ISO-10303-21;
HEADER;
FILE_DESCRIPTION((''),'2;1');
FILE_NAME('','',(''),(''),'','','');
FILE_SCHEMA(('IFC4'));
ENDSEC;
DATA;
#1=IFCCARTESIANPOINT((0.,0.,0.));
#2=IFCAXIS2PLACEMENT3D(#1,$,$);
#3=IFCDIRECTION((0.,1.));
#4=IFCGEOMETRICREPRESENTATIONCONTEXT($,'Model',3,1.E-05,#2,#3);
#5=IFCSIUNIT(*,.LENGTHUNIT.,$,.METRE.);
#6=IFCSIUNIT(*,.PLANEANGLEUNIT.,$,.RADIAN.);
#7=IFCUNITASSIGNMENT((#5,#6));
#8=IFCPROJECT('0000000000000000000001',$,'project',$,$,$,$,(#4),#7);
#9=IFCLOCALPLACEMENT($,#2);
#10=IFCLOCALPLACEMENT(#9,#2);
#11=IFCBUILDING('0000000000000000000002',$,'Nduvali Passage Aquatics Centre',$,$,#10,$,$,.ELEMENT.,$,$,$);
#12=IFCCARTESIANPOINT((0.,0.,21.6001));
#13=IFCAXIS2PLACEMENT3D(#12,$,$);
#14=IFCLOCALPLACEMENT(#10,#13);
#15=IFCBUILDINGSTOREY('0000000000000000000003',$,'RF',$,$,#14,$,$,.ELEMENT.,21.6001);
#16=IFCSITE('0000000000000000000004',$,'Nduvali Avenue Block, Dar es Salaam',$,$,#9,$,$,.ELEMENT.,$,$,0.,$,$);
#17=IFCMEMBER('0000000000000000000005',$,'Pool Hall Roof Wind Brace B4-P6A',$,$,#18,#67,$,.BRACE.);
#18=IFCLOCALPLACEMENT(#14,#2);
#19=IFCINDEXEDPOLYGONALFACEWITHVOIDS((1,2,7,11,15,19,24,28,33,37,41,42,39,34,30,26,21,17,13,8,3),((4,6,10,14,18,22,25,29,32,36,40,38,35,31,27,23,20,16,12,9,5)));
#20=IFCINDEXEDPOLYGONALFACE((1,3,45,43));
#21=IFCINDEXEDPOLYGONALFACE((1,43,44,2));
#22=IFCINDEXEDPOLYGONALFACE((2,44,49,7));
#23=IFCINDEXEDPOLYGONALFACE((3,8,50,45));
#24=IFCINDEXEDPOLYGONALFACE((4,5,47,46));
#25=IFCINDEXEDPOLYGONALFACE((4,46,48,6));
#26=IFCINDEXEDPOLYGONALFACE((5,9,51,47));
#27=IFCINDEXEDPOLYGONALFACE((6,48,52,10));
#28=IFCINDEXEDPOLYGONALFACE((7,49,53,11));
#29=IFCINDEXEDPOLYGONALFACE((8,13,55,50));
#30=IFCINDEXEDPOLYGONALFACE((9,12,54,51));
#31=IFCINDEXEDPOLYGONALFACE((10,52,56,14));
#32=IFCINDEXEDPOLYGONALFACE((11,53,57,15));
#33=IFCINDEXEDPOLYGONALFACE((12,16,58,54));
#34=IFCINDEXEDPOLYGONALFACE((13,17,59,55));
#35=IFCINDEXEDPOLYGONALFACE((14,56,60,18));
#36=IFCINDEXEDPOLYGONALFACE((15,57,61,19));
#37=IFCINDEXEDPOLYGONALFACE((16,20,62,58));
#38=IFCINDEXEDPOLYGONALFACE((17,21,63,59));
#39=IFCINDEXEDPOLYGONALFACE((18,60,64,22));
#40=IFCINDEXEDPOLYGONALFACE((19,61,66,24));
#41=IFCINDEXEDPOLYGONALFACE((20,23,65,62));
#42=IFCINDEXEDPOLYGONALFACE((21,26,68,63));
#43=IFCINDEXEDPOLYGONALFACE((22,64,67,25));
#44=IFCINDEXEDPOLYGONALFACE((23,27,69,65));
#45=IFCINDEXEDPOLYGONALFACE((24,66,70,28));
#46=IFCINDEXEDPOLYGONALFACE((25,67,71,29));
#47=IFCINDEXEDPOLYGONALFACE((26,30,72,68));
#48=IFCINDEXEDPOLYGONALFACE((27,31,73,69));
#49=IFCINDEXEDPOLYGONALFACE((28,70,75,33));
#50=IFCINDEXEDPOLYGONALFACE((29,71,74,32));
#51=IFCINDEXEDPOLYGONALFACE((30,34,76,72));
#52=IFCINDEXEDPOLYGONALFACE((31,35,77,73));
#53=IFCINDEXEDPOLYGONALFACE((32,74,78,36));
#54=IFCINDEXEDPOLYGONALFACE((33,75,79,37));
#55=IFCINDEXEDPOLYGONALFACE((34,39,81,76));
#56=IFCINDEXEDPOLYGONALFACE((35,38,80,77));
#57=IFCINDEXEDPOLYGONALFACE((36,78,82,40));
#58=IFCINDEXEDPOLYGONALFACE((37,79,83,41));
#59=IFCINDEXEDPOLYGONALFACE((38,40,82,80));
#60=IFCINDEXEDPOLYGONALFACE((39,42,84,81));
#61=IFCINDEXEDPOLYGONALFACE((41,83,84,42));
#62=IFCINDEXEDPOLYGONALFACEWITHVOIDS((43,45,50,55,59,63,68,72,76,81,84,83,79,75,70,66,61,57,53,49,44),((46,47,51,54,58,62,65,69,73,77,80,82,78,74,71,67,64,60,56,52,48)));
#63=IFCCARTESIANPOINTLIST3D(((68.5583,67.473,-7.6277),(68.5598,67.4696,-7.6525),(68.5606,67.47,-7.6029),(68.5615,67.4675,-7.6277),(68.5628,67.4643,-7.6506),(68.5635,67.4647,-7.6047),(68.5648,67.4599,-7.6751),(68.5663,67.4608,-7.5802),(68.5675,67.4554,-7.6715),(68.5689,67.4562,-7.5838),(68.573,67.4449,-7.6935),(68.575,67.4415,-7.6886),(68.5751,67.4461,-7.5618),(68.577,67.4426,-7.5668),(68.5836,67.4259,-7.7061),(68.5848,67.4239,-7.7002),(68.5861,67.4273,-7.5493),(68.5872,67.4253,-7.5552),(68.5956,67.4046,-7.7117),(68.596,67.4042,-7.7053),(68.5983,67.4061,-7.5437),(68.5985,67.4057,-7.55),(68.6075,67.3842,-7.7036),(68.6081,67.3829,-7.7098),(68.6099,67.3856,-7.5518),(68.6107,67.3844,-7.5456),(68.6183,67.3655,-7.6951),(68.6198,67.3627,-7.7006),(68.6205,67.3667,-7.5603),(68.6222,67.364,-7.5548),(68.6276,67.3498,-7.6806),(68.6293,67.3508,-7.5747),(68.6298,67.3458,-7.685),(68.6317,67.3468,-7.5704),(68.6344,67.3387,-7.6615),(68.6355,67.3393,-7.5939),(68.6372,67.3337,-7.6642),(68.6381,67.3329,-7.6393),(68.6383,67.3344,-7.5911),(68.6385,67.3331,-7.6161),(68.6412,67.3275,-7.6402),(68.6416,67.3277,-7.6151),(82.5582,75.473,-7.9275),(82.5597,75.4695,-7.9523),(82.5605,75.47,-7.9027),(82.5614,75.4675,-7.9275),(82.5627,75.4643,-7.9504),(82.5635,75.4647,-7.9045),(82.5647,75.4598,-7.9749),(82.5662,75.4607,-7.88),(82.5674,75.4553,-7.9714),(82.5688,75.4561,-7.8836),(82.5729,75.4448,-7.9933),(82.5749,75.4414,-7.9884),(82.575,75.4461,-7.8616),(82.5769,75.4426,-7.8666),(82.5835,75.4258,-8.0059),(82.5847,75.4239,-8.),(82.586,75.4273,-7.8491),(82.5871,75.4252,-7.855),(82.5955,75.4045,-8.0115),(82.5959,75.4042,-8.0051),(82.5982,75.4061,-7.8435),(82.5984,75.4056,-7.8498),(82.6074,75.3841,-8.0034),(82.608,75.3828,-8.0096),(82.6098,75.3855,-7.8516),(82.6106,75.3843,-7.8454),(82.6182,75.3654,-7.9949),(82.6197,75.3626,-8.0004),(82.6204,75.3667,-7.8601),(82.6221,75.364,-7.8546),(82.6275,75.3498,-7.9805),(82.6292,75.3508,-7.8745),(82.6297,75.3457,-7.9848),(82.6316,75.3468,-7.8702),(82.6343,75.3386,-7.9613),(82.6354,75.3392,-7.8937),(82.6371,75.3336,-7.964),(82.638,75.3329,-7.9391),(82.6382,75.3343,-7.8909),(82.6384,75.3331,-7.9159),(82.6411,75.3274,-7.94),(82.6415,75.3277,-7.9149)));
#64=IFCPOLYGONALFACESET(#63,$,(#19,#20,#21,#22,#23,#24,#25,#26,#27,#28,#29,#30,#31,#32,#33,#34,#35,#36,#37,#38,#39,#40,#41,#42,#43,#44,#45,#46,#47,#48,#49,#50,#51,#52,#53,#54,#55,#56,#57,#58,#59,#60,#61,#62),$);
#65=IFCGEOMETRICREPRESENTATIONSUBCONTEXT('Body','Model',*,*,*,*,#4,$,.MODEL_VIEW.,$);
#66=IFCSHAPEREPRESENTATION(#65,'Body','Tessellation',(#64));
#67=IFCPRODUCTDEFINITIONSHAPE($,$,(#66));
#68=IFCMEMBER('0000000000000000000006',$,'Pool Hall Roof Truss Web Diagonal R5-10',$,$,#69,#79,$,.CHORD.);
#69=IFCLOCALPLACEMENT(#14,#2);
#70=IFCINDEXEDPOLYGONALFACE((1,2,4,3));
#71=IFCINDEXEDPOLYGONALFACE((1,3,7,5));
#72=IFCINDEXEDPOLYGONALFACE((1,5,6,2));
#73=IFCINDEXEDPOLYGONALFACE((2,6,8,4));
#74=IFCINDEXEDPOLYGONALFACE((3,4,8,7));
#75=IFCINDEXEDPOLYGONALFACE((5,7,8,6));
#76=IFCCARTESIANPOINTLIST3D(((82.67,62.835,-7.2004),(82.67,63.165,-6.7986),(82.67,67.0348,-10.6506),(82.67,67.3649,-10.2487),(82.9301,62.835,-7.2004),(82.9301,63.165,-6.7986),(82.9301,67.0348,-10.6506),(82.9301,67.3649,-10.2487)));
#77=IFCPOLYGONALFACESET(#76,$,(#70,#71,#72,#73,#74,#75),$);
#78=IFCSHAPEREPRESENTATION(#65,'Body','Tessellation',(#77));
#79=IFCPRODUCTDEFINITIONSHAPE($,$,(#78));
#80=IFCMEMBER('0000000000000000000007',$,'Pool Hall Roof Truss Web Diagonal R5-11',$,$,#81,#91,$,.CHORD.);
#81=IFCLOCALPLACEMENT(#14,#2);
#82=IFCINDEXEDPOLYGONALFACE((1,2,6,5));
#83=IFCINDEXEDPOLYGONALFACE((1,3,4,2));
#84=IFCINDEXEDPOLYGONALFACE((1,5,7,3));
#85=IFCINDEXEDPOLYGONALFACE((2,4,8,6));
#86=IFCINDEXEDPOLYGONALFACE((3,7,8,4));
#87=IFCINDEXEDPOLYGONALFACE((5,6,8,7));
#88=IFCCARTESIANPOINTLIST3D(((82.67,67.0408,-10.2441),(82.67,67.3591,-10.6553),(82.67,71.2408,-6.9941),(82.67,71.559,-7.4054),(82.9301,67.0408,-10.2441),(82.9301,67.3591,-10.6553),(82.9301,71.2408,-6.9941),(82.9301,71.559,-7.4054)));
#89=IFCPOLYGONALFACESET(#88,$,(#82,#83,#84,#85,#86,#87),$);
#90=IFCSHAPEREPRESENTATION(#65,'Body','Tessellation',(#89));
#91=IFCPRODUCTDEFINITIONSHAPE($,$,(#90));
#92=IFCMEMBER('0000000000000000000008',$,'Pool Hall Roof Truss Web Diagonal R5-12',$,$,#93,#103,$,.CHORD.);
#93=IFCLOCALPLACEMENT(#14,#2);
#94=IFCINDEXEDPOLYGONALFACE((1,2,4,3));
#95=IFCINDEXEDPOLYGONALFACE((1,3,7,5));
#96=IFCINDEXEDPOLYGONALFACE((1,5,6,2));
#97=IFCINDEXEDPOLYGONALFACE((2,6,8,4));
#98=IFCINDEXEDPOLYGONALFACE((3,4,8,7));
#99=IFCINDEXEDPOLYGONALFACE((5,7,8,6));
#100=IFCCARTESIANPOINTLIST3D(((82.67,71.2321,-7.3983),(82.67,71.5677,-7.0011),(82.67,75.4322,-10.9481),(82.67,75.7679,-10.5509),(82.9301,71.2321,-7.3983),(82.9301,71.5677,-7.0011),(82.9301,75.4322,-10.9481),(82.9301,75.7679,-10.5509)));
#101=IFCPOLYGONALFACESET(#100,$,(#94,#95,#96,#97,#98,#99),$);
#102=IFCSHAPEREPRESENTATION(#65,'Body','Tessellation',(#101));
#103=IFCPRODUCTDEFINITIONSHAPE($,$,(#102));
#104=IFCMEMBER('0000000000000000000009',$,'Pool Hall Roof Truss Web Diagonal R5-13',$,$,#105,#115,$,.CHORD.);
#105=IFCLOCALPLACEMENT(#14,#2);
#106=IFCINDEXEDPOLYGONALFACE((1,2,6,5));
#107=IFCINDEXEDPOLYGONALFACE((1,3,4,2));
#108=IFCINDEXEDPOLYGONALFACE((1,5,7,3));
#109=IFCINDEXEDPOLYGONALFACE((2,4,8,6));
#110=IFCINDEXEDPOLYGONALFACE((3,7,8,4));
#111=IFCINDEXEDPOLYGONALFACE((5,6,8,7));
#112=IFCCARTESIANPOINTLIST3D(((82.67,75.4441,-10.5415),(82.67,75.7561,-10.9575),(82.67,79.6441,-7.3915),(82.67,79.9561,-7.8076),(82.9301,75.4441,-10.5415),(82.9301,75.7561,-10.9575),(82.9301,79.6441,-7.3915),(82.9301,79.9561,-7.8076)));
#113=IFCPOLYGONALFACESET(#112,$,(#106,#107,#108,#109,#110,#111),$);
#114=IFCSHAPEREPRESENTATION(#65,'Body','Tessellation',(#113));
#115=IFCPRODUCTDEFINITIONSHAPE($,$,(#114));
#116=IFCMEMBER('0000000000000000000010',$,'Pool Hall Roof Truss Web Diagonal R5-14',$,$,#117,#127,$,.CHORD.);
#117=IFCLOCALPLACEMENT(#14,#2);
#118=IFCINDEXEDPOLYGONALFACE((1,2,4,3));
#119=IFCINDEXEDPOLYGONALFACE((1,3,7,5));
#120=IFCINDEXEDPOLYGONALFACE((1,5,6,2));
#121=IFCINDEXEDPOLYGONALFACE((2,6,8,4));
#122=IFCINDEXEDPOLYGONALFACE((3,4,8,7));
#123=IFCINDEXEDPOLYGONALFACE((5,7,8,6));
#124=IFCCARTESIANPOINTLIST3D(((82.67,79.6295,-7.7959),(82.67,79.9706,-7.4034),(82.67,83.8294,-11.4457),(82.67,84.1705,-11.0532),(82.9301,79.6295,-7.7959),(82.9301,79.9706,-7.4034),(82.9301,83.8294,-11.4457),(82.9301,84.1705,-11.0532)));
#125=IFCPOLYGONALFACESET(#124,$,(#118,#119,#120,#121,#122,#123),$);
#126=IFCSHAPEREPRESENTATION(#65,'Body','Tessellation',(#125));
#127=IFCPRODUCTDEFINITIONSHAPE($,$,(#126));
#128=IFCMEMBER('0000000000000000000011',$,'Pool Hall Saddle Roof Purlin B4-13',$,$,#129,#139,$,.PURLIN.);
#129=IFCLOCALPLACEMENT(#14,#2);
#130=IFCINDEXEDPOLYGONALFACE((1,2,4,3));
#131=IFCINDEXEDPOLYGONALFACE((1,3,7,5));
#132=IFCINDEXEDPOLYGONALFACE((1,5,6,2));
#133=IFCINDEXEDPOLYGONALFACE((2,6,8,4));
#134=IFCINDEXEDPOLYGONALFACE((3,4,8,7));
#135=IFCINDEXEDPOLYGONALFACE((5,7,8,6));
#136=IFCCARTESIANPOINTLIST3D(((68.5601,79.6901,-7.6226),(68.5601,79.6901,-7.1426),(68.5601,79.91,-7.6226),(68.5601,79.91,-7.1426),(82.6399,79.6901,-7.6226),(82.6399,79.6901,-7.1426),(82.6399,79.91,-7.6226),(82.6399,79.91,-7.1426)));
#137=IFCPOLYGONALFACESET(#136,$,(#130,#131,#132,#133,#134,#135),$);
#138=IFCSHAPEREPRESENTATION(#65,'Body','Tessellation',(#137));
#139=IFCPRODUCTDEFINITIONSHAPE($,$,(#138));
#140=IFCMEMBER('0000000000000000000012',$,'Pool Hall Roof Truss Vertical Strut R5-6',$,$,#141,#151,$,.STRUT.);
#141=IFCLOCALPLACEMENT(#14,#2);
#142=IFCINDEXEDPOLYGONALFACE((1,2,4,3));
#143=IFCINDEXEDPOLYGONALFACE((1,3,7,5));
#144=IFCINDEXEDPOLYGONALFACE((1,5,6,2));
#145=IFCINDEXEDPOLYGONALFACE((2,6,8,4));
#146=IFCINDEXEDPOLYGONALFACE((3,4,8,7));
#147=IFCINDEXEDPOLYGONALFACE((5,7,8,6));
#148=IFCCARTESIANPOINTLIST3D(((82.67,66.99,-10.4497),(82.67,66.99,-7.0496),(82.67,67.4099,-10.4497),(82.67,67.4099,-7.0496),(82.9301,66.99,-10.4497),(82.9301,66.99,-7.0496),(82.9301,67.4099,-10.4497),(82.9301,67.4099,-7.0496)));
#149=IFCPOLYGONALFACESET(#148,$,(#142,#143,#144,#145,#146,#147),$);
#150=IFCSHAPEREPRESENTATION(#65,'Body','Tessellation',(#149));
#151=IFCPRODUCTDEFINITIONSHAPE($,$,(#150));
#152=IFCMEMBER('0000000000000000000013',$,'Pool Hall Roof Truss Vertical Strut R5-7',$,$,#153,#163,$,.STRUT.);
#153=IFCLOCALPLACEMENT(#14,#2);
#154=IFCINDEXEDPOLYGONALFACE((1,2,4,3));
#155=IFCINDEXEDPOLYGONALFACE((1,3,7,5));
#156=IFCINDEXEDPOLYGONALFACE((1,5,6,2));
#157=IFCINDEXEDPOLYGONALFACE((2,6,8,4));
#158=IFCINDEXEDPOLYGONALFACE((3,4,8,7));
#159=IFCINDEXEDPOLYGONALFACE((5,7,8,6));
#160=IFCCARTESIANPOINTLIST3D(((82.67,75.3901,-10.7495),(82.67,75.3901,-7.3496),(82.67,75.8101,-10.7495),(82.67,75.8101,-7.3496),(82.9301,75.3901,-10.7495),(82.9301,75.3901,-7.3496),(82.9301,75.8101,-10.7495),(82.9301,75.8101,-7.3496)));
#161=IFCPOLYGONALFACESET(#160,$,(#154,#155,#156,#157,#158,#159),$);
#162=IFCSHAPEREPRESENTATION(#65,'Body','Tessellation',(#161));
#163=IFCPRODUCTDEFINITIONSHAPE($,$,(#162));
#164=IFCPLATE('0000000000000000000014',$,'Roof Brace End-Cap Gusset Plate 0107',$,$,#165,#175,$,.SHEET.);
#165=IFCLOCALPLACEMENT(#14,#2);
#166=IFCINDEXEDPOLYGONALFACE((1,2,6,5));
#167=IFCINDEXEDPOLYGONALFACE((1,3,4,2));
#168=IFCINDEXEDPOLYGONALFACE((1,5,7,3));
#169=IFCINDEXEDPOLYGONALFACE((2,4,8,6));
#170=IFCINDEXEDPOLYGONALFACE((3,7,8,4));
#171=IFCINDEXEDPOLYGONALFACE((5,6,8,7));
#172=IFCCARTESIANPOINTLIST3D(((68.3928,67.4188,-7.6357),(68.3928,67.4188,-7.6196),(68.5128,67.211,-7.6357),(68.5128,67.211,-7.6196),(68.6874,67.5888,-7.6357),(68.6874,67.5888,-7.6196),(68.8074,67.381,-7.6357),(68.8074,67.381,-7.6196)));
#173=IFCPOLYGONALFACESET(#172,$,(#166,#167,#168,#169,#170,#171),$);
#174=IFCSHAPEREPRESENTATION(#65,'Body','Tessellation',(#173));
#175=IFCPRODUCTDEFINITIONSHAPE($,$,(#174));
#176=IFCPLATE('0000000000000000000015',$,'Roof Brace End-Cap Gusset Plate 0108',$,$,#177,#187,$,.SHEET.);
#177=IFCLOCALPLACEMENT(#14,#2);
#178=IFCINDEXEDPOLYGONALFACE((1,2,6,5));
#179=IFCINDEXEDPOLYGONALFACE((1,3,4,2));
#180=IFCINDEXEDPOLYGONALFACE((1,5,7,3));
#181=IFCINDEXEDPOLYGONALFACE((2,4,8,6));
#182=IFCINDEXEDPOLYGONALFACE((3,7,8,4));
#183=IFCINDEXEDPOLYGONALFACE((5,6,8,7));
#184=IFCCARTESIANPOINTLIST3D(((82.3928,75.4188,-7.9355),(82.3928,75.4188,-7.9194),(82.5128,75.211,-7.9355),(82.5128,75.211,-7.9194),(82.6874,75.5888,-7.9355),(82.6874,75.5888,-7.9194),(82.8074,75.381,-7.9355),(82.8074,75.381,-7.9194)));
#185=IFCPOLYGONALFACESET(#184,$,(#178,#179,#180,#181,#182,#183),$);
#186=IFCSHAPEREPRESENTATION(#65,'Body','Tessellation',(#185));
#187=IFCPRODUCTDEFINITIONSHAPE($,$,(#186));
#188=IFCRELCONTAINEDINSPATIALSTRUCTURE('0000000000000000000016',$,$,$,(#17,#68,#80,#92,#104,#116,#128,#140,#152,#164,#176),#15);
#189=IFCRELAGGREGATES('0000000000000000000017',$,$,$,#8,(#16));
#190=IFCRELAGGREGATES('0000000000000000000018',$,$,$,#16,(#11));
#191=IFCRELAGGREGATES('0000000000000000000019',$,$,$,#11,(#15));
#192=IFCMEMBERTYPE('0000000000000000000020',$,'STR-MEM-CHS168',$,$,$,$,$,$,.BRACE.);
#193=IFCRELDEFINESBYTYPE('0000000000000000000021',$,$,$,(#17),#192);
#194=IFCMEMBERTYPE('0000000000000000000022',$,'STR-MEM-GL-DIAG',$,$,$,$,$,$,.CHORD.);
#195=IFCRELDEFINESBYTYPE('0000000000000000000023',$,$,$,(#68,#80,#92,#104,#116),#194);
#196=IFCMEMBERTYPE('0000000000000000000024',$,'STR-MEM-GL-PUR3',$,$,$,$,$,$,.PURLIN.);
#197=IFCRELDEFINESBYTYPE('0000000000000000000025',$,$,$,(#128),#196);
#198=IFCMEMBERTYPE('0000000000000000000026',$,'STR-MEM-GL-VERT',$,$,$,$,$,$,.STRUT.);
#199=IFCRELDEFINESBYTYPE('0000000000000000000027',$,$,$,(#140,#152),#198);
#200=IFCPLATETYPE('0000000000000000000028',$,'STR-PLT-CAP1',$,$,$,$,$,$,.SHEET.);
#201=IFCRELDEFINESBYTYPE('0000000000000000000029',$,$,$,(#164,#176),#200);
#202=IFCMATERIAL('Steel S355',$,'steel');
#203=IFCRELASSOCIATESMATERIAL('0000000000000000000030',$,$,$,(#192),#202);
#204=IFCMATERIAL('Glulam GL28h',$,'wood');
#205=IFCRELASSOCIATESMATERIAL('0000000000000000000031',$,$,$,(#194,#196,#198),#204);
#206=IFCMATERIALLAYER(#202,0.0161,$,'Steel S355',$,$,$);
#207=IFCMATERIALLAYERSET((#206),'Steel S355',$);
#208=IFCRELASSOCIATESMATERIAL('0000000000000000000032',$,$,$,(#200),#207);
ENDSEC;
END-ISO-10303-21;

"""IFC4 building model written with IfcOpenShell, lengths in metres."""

from ifc_helpers import new_model, si_unit, direction, frame, origin, origin_2d, place, context, subcontext, project, spatial, rectangle, hollow_circle, extrude, material, layer, layer_set, material_profile, profile_set, type_object, element, save


model = new_model("IFC4")

# Units and contexts
model_context = context("Model", 3, precision=1e-05, world=origin(), true_north=direction((0.0, 1.0)))
body_context = subcontext(model_context, "Body", "Model", "MODEL_VIEW")
ifc_project = project(units=[si_unit("LENGTHUNIT", "METRE"), si_unit("PLANEANGLEUNIT", "RADIAN")], contexts=[model_context])

# Site, building, storey
site_placement = place(None, origin())
site = spatial("IfcSite", under=ifc_project, at=site_placement, Name="Nduvali Avenue Block, Dar es Salaam", CompositionType="ELEMENT", RefElevation=0.0)
building_placement = place(site_placement, origin())
building = spatial("IfcBuilding", under=site, at=building_placement, Name="Nduvali Passage Aquatics Centre", CompositionType="ELEMENT")
storey_placement = place(building_placement, frame((0.0, 0.0, 21.6001)))
storey = spatial("IfcBuildingStorey", under=building, at=storey_placement, Name="RF", CompositionType="ELEMENT", Elevation=21.6001)

# Members
ifc_material_1 = material(Name="Steel S355", Category="steel")
ifc_material_profile_1 = material_profile(ifc_material_1, hollow_circle(Radius=0.0842, WallThickness=0.0063, at=origin_2d()), Name="CHS 168.3x6.3")
ifc_profile_set_1 = profile_set([ifc_material_profile_1], Name="Steel S355")
member_type_1 = type_object("IfcMemberType", Name="STR-MEM-CHS168", PredefinedType="BRACE", material=ifc_profile_set_1)
member_1_placement = place(storey_placement, frame((68.6001, 67.3999, -7.6277), z_axis=(0.868093, 0.496053, -0.01859), x_axis=(-0.496139, 0.868243, 0.0)))
element("IfcMember", 1, at=member_1_placement, inside=storey, type_object=member_type_1, Name="Pool Hall Roof Wind Brace B4-P6A", PredefinedType="BRACE", context=body_context, shape_type="SweptSolid", body=[
    extrude(hollow_circle(Radius=0.0842, WallThickness=0.0063, at=origin_2d()), origin(), (0.0, 0.0, 1.0), 16.1272),
])
ifc_material_2 = material(Name="Glulam GL28h", Category="wood")
ifc_material_profile_2 = material_profile(ifc_material_2, rectangle(XDim=0.26, YDim=0.52, at=origin_2d()), Name="GL28h 260x520")
ifc_profile_set_2 = profile_set([ifc_material_profile_2], Name="Glulam GL28h")
member_type_2 = type_object("IfcMemberType", Name="STR-MEM-GL-DIAG", PredefinedType="CHORD", material=ifc_profile_set_2)
member_2_placement = place(storey_placement, frame((82.8, 63.0, -6.9995), z_axis=(0.0, 0.772705, -0.634765), x_axis=(-1.0, 0.0, 0.0)))
element("IfcMember", 2, at=member_2_placement, inside=storey, type_object=member_type_2, Name="Pool Hall Roof Truss Web Diagonal R5-10", PredefinedType="CHORD", context=body_context, shape_type="SweptSolid", body=[
    extrude(rectangle(XDim=0.26, YDim=0.52, at=origin_2d()), origin(), (0.0, 0.0, 1.0), 5.4353),
])
member_3_placement = place(storey_placement, frame((82.8, 67.2, -10.4497), z_axis=(0.0, 0.790867, 0.611988), x_axis=(-1.0, 0.0, 0.0)))
element("IfcMember", 3, at=member_3_placement, inside=storey, type_object=member_type_2, Name="Pool Hall Roof Truss Web Diagonal R5-11", PredefinedType="CHORD", context=body_context, shape_type="SweptSolid", body=[
    extrude(rectangle(XDim=0.26, YDim=0.52, at=origin_2d()), origin(), (0.0, 0.0, 1.0), 5.3105),
])
member_4_placement = place(storey_placement, frame((82.8, 71.3999, -7.1997), z_axis=(0.0, 0.763763, -0.645496), x_axis=(-1.0, 0.0, 0.0)))
element("IfcMember", 4, at=member_4_placement, inside=storey, type_object=member_type_2, Name="Pool Hall Roof Truss Web Diagonal R5-12", PredefinedType="CHORD", context=body_context, shape_type="SweptSolid", body=[
    extrude(rectangle(XDim=0.26, YDim=0.52, at=origin_2d()), origin(), (0.0, 0.0, 1.0), 5.4993),
])
member_5_placement = place(storey_placement, frame((82.8, 75.6001, -10.7495), z_axis=(0.0, 0.800006, 0.599993), x_axis=(-1.0, 0.0, 0.0)))
element("IfcMember", 5, at=member_5_placement, inside=storey, type_object=member_type_2, Name="Pool Hall Roof Truss Web Diagonal R5-13", PredefinedType="CHORD", context=body_context, shape_type="SweptSolid", body=[
    extrude(rectangle(XDim=0.26, YDim=0.52, at=origin_2d()), origin(), (0.0, 0.0, 1.0), 5.25),
])
member_6_placement = place(storey_placement, frame((82.8, 79.8, -7.5996), z_axis=(0.0, 0.754804, -0.655951), x_axis=(-1.0, 0.0, 0.0)))
element("IfcMember", 6, at=member_6_placement, inside=storey, type_object=member_type_2, Name="Pool Hall Roof Truss Web Diagonal R5-14", PredefinedType="CHORD", context=body_context, shape_type="SweptSolid", body=[
    extrude(rectangle(XDim=0.26, YDim=0.52, at=origin_2d()), origin(), (0.0, 0.0, 1.0), 5.5642),
])
ifc_material_profile_3 = material_profile(ifc_material_2, rectangle(XDim=0.22, YDim=0.48, at=origin_2d()), Name="GL28h 220x480")
ifc_profile_set_3 = profile_set([ifc_material_profile_3], Name="Glulam GL28h")
member_type_3 = type_object("IfcMemberType", Name="STR-MEM-GL-PUR3", PredefinedType="PURLIN", material=ifc_profile_set_3)
member_7_placement = place(storey_placement, frame((68.5601, 79.8, -7.3826), z_axis=(1.0, 0.0, 0.0), x_axis=(0.0, 1.0, 0.0)))
element("IfcMember", 7, at=member_7_placement, inside=storey, type_object=member_type_3, Name="Pool Hall Saddle Roof Purlin B4-13", PredefinedType="PURLIN", context=body_context, shape_type="SweptSolid", body=[
    extrude(rectangle(XDim=0.22, YDim=0.48, at=origin_2d()), origin(), (0.0, 0.0, 1.0), 14.0798),
])
ifc_material_profile_4 = material_profile(ifc_material_2, rectangle(XDim=0.26, YDim=0.4199, at=origin_2d()), Name="GL28h 260x420")
ifc_profile_set_4 = profile_set([ifc_material_profile_4], Name="Glulam GL28h")
member_type_4 = type_object("IfcMemberType", Name="STR-MEM-GL-VERT", PredefinedType="STRUT", material=ifc_profile_set_4)
member_8_placement = place(storey_placement, frame((82.8, 67.2, -10.4497), z_axis=(0.0, 0.0, 1.0), x_axis=(1.0, 0.0, 0.0)))
element("IfcMember", 8, at=member_8_placement, inside=storey, type_object=member_type_4, Name="Pool Hall Roof Truss Vertical Strut R5-6", PredefinedType="STRUT", context=body_context, shape_type="SweptSolid", body=[
    extrude(rectangle(XDim=0.26, YDim=0.4199, at=origin_2d()), origin(), (0.0, 0.0, 1.0), 3.4001),
])
member_9_placement = place(storey_placement, frame((82.8, 75.6001, -10.7495), z_axis=(0.0, 0.0, 1.0), x_axis=(1.0, 0.0, 0.0)))
element("IfcMember", 9, at=member_9_placement, inside=storey, type_object=member_type_4, Name="Pool Hall Roof Truss Vertical Strut R5-7", PredefinedType="STRUT", context=body_context, shape_type="SweptSolid", body=[
    extrude(rectangle(XDim=0.26, YDim=0.4199, at=origin_2d()), origin(), (0.0, 0.0, 1.0), 3.3999),
])

# Plates
ifc_layer_1 = layer(ifc_material_1, 0.0161, Name="Steel S355")
ifc_layer_set_1 = layer_set([ifc_layer_1], Name="Steel S355")
plate_type_1 = type_object("IfcPlateType", Name="STR-PLT-CAP1", PredefinedType="SHEET", material=ifc_layer_set_1)
for number, where, z_axis, x_axis, name in (
    (10, (68.6001, 67.3999, -7.6357), (0.0, 0.0, 1.0), (0.866025, 0.5, 0.0), "Roof Brace End-Cap Gusset Plate 0107"),
    (11, (82.6001, 75.3999, -7.9355), (0.0, 0.0, 1.0), (0.866025, 0.5, 0.0), "Roof Brace End-Cap Gusset Plate 0108"),
):
    element("IfcPlate", number, at=place(storey_placement, frame(where, z_axis=z_axis, x_axis=x_axis)), inside=storey, type_object=plate_type_1, Name=name, PredefinedType="SHEET", context=body_context, shape_type="SweptSolid", body=[
        extrude(rectangle(XDim=0.3401, YDim=0.24, at=origin_2d()), origin(), (0.0, 0.0, 1.0), 0.0161),
    ])

save(model, "model.ifc")
